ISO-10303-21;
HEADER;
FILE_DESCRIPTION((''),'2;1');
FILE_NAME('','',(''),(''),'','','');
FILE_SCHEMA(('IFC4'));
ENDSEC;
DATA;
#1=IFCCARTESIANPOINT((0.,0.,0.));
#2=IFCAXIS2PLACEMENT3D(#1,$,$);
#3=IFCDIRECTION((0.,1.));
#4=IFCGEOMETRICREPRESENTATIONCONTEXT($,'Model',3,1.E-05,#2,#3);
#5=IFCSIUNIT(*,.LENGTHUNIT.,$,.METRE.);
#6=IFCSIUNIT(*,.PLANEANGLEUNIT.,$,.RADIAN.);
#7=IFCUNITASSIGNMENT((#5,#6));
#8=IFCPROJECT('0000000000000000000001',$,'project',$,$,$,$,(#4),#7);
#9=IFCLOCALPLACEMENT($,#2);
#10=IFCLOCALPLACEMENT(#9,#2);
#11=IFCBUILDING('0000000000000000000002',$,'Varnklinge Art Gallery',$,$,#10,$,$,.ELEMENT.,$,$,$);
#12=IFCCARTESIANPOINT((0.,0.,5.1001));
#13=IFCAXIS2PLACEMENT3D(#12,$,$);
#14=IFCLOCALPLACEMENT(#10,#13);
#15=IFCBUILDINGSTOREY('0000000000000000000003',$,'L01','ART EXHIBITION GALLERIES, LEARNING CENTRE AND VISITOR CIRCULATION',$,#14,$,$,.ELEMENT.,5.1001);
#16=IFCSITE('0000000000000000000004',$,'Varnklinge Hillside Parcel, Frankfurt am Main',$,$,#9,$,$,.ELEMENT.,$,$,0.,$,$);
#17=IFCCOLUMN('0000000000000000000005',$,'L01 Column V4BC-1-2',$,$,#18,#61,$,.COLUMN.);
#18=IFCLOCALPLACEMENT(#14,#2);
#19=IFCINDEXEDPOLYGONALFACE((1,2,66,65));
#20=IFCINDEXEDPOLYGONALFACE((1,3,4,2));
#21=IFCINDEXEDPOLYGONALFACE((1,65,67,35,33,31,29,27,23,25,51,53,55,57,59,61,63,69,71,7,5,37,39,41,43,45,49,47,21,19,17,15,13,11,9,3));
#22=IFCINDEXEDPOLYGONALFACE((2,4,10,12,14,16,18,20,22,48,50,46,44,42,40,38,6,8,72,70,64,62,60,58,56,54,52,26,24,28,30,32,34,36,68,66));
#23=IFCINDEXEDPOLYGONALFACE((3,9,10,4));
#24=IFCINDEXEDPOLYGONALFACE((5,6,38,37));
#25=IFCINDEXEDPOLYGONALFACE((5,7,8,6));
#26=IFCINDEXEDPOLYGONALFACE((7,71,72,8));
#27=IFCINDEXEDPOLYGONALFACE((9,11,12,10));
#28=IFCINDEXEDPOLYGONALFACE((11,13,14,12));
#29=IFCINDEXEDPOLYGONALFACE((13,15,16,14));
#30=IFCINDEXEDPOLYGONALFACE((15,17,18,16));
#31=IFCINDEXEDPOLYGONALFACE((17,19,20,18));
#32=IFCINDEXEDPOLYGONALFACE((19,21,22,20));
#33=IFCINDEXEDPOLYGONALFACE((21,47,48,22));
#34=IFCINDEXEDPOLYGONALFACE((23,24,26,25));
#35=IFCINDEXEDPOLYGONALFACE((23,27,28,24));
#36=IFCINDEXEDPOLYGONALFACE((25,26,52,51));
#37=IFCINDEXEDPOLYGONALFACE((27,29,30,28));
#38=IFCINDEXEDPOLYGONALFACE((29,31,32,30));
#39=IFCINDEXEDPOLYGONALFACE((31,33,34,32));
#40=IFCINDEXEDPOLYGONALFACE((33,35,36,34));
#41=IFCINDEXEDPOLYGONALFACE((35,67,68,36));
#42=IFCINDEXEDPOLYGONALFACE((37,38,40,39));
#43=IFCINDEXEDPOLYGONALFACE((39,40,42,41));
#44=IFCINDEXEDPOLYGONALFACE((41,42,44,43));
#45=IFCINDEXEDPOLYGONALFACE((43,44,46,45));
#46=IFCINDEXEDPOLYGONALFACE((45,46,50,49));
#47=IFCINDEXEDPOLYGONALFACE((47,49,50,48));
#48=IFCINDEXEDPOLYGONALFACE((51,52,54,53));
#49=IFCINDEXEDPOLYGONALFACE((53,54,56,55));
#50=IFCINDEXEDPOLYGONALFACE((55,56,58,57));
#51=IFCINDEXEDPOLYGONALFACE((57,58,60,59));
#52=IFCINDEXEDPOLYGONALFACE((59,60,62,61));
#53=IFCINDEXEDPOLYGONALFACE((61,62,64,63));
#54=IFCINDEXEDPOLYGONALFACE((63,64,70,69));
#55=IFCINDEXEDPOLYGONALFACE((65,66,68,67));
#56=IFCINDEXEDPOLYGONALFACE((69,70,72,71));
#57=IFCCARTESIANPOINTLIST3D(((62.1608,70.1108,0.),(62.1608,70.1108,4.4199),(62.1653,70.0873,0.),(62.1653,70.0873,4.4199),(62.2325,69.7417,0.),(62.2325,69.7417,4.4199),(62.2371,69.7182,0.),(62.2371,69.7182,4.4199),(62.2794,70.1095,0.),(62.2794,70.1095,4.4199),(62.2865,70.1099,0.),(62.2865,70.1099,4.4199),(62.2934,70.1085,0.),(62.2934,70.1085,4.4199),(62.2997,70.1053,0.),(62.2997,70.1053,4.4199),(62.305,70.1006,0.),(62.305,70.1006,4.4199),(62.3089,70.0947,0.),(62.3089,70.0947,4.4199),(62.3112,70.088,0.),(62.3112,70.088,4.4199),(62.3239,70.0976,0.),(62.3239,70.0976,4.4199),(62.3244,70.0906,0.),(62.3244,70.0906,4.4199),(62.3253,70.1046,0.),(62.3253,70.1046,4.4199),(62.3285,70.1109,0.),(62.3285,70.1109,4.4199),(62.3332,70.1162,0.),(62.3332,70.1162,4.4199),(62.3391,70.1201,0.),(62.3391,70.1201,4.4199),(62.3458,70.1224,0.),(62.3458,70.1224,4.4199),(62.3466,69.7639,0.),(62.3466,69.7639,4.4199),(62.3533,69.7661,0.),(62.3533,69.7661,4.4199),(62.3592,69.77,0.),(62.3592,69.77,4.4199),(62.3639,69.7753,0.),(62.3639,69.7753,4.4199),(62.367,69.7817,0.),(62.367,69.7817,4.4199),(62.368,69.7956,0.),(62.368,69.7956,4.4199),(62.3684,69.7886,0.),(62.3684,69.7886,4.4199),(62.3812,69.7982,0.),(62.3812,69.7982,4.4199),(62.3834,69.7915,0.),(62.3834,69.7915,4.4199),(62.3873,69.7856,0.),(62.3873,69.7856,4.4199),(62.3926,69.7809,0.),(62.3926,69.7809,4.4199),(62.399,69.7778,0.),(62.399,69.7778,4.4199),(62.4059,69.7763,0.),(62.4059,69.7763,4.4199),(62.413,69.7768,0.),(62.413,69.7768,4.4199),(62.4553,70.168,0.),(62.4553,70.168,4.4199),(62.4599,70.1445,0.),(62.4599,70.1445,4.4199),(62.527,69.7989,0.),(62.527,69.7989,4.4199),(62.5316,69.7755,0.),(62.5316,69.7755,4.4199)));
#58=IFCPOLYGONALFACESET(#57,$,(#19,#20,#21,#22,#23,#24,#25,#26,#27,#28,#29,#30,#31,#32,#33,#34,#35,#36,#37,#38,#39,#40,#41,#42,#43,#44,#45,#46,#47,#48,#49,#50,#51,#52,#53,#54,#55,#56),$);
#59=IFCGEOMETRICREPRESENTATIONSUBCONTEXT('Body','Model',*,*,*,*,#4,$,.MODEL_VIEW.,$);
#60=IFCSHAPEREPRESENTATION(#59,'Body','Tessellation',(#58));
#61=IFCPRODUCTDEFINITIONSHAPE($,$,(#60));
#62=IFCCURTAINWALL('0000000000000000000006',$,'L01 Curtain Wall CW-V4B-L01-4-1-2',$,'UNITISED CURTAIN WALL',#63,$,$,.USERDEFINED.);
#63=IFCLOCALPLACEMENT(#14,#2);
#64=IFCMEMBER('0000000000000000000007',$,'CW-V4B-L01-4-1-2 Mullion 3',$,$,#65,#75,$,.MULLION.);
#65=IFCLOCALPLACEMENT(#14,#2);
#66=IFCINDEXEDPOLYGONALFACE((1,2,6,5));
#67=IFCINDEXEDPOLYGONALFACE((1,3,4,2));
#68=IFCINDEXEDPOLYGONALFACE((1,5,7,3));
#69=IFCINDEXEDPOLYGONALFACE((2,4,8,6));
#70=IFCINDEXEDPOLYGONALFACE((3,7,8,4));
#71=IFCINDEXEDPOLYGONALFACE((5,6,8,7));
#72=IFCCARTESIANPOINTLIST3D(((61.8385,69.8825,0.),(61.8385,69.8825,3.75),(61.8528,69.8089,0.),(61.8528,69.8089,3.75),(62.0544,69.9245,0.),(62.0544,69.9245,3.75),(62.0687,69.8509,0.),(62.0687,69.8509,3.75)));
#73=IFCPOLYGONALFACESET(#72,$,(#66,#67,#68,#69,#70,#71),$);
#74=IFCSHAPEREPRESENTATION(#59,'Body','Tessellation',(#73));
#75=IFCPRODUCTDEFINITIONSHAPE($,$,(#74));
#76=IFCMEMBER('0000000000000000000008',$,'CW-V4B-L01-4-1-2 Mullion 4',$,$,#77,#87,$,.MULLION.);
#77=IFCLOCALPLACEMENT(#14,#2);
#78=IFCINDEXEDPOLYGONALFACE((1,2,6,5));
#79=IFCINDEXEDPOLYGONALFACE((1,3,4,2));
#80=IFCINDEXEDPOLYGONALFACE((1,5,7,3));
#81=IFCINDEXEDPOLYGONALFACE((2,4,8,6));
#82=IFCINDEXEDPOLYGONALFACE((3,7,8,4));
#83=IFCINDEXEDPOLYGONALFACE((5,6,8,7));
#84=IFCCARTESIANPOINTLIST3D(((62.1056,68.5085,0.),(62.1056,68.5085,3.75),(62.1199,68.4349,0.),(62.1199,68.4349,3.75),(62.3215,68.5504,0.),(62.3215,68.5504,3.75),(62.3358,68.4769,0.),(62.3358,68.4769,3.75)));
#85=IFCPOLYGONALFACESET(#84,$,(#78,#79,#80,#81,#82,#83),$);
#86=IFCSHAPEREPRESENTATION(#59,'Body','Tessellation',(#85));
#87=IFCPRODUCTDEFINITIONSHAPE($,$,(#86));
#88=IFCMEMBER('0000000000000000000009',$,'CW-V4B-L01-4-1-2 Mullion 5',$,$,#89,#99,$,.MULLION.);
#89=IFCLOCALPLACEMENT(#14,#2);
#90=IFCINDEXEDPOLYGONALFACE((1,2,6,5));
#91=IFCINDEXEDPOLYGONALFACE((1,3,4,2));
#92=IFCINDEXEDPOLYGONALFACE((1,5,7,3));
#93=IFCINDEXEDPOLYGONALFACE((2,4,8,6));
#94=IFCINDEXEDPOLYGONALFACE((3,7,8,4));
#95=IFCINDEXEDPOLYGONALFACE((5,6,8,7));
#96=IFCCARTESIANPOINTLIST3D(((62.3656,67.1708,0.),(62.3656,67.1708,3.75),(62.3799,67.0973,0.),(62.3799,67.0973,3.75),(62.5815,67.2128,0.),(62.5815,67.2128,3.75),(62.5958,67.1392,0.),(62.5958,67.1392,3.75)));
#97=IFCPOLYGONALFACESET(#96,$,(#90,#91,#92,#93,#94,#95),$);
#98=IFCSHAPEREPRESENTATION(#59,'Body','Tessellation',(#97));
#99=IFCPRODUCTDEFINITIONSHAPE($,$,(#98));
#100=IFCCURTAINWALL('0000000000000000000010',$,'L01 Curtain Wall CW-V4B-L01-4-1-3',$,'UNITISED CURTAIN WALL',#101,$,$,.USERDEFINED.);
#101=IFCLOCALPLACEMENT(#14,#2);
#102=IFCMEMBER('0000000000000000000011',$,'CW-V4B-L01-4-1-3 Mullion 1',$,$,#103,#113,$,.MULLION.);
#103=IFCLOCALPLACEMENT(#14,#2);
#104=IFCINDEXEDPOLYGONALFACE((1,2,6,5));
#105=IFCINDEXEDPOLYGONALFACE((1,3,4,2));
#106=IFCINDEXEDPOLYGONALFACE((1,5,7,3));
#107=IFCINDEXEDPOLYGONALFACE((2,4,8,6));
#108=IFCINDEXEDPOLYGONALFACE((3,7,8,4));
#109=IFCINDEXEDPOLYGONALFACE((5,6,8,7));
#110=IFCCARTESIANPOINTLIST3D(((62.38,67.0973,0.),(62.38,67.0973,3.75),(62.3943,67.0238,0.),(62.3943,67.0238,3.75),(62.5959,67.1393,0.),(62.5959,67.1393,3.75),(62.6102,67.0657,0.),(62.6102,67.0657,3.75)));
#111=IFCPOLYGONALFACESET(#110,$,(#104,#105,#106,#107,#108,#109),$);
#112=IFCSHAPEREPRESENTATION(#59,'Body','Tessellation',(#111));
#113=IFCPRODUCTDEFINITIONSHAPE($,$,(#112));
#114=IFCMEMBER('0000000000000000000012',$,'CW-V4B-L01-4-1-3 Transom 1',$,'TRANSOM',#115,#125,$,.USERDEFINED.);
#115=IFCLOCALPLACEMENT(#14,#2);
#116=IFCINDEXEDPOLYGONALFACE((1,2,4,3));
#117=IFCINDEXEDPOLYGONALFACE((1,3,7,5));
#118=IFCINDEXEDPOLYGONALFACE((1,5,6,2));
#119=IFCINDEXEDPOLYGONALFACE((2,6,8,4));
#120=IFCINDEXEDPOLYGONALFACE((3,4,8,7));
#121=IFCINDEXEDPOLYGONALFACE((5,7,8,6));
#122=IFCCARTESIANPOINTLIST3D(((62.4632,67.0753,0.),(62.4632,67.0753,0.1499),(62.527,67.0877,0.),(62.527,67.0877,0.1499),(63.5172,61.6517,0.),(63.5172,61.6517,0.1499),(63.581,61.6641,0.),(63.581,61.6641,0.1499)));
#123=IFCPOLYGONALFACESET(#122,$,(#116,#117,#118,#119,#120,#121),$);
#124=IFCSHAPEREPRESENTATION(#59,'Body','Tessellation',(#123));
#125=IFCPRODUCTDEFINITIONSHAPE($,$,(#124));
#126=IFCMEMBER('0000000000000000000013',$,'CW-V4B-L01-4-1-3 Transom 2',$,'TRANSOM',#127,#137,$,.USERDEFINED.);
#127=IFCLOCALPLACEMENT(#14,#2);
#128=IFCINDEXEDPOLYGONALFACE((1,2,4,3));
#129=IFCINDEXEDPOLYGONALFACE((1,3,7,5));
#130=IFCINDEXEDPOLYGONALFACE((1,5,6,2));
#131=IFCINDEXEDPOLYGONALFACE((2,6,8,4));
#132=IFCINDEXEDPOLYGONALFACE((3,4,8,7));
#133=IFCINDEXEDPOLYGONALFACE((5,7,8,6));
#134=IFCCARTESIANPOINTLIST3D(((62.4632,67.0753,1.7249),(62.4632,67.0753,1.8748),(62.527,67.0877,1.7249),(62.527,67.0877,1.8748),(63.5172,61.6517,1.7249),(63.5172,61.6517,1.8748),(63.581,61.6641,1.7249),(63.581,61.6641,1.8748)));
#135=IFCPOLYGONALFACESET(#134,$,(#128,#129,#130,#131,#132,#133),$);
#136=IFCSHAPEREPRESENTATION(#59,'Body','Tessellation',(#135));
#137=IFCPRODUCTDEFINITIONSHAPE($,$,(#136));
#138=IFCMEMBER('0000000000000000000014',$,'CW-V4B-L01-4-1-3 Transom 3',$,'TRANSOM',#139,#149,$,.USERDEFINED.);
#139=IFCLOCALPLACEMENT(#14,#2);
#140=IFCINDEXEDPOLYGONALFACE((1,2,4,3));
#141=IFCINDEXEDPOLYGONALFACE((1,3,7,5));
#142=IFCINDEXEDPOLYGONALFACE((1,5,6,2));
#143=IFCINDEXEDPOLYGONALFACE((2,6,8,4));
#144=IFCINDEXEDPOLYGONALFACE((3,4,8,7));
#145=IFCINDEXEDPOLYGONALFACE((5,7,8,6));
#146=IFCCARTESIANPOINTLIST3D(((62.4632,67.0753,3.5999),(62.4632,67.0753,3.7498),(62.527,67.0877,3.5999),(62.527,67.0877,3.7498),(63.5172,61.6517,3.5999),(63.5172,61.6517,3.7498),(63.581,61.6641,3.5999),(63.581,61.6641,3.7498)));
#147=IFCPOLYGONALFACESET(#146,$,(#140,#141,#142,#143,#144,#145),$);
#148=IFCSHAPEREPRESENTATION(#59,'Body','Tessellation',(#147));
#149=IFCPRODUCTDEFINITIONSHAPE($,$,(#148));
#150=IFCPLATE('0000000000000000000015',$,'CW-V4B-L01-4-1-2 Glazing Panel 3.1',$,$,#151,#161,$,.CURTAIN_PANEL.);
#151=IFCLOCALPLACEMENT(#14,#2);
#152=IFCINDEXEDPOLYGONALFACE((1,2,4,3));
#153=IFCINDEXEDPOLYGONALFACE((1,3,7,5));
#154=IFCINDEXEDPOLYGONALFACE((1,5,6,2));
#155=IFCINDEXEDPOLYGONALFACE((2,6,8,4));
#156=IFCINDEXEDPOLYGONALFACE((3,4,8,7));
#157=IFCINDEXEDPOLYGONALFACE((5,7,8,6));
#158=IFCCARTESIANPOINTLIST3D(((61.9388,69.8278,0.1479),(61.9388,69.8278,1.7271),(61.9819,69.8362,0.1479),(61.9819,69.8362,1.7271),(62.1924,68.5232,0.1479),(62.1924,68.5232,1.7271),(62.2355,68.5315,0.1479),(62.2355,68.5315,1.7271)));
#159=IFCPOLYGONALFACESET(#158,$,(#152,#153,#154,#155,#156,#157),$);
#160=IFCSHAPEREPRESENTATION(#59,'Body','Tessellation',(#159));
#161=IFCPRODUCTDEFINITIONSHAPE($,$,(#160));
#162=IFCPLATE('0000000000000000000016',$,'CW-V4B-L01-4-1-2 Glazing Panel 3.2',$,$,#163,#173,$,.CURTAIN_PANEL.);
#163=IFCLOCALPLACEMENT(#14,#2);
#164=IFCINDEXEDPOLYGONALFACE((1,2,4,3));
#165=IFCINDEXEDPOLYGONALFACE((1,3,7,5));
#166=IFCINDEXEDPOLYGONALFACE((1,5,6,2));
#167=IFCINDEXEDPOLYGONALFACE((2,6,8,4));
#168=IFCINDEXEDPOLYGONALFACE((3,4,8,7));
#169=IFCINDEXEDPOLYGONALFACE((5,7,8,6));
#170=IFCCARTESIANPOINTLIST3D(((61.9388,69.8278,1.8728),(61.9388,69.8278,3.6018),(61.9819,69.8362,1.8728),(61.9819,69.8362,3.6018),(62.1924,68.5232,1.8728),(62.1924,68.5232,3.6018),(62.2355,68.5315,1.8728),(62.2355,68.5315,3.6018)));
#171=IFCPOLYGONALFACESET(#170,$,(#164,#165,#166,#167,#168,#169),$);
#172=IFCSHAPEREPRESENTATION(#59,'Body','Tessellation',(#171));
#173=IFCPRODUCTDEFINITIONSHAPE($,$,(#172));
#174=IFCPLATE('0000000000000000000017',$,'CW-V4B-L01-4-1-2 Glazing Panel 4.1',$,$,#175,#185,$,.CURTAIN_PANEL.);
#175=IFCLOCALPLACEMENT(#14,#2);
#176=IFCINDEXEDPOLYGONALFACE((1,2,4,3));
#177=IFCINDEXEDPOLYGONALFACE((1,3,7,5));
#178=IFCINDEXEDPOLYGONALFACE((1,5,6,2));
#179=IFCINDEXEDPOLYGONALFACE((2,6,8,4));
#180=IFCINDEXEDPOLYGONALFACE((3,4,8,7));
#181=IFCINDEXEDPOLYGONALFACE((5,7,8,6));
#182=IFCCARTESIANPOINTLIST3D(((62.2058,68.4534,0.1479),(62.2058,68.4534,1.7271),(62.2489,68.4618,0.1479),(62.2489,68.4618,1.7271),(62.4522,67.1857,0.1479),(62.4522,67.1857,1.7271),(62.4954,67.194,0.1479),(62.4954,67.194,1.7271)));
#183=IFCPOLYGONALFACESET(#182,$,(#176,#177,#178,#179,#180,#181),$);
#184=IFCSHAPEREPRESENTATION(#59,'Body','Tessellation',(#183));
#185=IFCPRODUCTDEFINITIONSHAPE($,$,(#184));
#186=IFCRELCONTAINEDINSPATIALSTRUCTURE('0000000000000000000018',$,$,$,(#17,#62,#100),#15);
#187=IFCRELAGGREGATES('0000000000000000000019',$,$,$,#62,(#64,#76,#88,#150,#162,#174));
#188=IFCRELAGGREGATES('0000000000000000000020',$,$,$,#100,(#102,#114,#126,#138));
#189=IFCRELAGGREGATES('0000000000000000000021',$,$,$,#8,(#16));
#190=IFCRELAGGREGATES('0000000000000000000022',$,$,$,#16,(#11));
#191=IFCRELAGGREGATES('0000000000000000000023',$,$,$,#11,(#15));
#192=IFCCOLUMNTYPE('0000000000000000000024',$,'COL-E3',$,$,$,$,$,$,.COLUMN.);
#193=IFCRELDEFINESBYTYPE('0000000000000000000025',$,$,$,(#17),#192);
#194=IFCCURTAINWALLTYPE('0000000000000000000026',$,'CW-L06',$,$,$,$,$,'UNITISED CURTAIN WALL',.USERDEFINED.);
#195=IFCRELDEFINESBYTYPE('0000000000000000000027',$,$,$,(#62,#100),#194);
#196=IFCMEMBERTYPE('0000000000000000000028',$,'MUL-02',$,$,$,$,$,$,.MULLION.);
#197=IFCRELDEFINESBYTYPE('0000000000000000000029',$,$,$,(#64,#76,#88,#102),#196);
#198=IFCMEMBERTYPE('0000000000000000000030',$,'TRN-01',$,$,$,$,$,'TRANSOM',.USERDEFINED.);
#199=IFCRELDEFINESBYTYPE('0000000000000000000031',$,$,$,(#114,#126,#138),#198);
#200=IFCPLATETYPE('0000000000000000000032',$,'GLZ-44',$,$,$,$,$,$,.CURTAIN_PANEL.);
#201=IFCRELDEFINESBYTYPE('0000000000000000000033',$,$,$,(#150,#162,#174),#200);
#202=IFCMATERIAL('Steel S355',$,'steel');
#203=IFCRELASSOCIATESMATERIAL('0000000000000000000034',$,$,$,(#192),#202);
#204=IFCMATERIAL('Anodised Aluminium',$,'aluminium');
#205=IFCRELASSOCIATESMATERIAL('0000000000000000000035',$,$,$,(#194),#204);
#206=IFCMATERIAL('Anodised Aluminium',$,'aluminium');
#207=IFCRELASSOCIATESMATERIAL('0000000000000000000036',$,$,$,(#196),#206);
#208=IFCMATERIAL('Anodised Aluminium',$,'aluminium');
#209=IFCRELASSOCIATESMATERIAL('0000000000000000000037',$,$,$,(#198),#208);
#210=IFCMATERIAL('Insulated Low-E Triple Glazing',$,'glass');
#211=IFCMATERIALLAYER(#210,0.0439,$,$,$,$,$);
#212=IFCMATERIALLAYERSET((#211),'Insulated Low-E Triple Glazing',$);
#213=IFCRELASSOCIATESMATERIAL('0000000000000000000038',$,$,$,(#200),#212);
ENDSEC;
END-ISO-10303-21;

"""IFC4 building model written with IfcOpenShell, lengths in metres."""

from ifc_helpers import new_model, si_unit, direction, frame, origin, origin_2d, place, context, subcontext, project, spatial, rectangle, i_section, extrude, material, layer, layer_set, material_profile, profile_set, type_object, element, aggregate, save


model = new_model("IFC4")

# Units and contexts
model_context = context("Model", 3, precision=1e-05, world=origin(), true_north=direction((0.0, 1.0)))
body_context = subcontext(model_context, "Body", "Model", "MODEL_VIEW")
ifc_project = project(units=[si_unit("LENGTHUNIT", "METRE"), si_unit("PLANEANGLEUNIT", "RADIAN")], contexts=[model_context])

# Site, building, storey
site_placement = place(None, origin())
site = spatial("IfcSite", under=ifc_project, at=site_placement, Name="Varnklinge Hillside Parcel, Frankfurt am Main", CompositionType="ELEMENT", RefElevation=0.0)
building_placement = place(site_placement, origin())
building = spatial("IfcBuilding", under=site, at=building_placement, Name="Varnklinge Art Gallery", CompositionType="ELEMENT")
storey_placement = place(building_placement, frame((0.0, 0.0, 5.1001)))
storey = spatial("IfcBuildingStorey", under=building, at=storey_placement, Name="L01", Description="ART EXHIBITION GALLERIES, LEARNING CENTRE AND VISITOR CIRCULATION", CompositionType="ELEMENT", Elevation=5.1001)

# Column
ifc_material_1 = material(Name="Steel S355", Category="steel")
ifc_material_profile_1 = material_profile(ifc_material_1, i_section(OverallWidth=0.3, OverallDepth=0.3999, WebThickness=0.0134, FlangeThickness=0.0239, FilletRadius=0.0271, at=origin_2d()), Name="HEB 400")
ifc_profile_set_1 = profile_set([ifc_material_profile_1], Name="Steel S355")
column_type = type_object("IfcColumnType", Name="COL-E3", PredefinedType="COLUMN", material=ifc_profile_set_1)
column_placement = place(storey_placement, frame((62.3462, 69.9431, 0.0), z_axis=(0.0, 0.0, 1.0), x_axis=(0.981627, 0.190809, 0.0)))
element("IfcColumn", 1, at=column_placement, inside=storey, type_object=column_type, Name="L01 Column V4BC-1-2", PredefinedType="COLUMN", context=body_context, shape_type="SweptSolid", body=[
    extrude(i_section(OverallWidth=0.3, OverallDepth=0.3999, WebThickness=0.0134, FlangeThickness=0.0239, FilletRadius=0.0271, at=origin_2d()), origin(), (0.0, 0.0, 1.0), 4.4199),
])

# Curtain walls, members
ifc_material_2 = material(Name="Anodised Aluminium", Category="aluminium")
curtain_wall_type = type_object("IfcCurtainWallType", Name="CW-L06", ElementType="UNITISED CURTAIN WALL", PredefinedType="USERDEFINED", material=ifc_material_2)
curtain_wall_1_placement = place(storey_placement, origin())
curtain_wall_1 = element("IfcCurtainWall", 2, at=curtain_wall_1_placement, inside=storey, type_object=curtain_wall_type, Name="L01 Curtain Wall CW-V4B-L01-4-1-2", ObjectType="UNITISED CURTAIN WALL", PredefinedType="USERDEFINED")
ifc_material_3 = material(Name="Anodised Aluminium", Category="aluminium")
ifc_material_profile_2 = material_profile(ifc_material_3, rectangle(XDim=0.075, YDim=0.22, at=origin_2d()), Name="ALU 75x220")
ifc_profile_set_2 = profile_set([ifc_material_profile_2], Name="Anodised Aluminium")
member_type_1 = type_object("IfcMemberType", Name="MUL-02", PredefinedType="MULLION", material=ifc_profile_set_2)
member_1_placement = place(storey_placement, frame((61.9536, 69.8667, 0.0), z_axis=(0.0, 0.0, 1.0), x_axis=(0.190809, -0.981627, 0.0)))
member_1 = element("IfcMember", 3, at=member_1_placement, type_object=member_type_1, Name="CW-V4B-L01-4-1-2 Mullion 3", PredefinedType="MULLION", context=body_context, shape_type="SweptSolid", body=[
    extrude(rectangle(XDim=0.075, YDim=0.22, at=origin_2d()), origin(), (0.0, 0.0, 1.0), 3.75),
])
member_2_placement = place(storey_placement, frame((62.2207, 68.4927, 0.0), z_axis=(0.0, 0.0, 1.0), x_axis=(0.190809, -0.981627, 0.0)))
member_2 = element("IfcMember", 4, at=member_2_placement, type_object=member_type_1, Name="CW-V4B-L01-4-1-2 Mullion 4", PredefinedType="MULLION", context=body_context, shape_type="SweptSolid", body=[
    extrude(rectangle(XDim=0.075, YDim=0.22, at=origin_2d()), origin(), (0.0, 0.0, 1.0), 3.75),
])
member_3_placement = place(storey_placement, frame((62.4807, 67.155, 0.0), z_axis=(0.0, 0.0, 1.0), x_axis=(0.190809, -0.981627, 0.0)))
member_3 = element("IfcMember", 5, at=member_3_placement, type_object=member_type_1, Name="CW-V4B-L01-4-1-2 Mullion 5", PredefinedType="MULLION", context=body_context, shape_type="SweptSolid", body=[
    extrude(rectangle(XDim=0.075, YDim=0.22, at=origin_2d()), origin(), (0.0, 0.0, 1.0), 3.75),
])
curtain_wall_2_placement = place(storey_placement, origin())
curtain_wall_2 = element("IfcCurtainWall", 6, at=curtain_wall_2_placement, inside=storey, type_object=curtain_wall_type, Name="L01 Curtain Wall CW-V4B-L01-4-1-3", ObjectType="UNITISED CURTAIN WALL", PredefinedType="USERDEFINED")
member_4_placement = place(storey_placement, frame((62.4951, 67.0815, 0.0), z_axis=(0.0, 0.0, 1.0), x_axis=(0.190809, -0.981627, 0.0)))
member_4 = element("IfcMember", 7, at=member_4_placement, type_object=member_type_1, Name="CW-V4B-L01-4-1-3 Mullion 1", PredefinedType="MULLION", context=body_context, shape_type="SweptSolid", body=[
    extrude(rectangle(XDim=0.075, YDim=0.22, at=origin_2d()), origin(), (0.0, 0.0, 1.0), 3.75),
])
ifc_material_4 = material(Name="Anodised Aluminium", Category="aluminium")
ifc_material_profile_3 = material_profile(ifc_material_4, rectangle(XDim=0.0649, YDim=0.1499, at=origin_2d()), Name="ALU 65x150")
ifc_profile_set_3 = profile_set([ifc_material_profile_3], Name="Anodised Aluminium")
member_type_2 = type_object("IfcMemberType", Name="TRN-01", ElementType="TRANSOM", PredefinedType="USERDEFINED", material=ifc_profile_set_3)
member_5_placement = place(storey_placement, frame((62.4951, 67.0815, 0.075), z_axis=(0.19076, -0.981637, 0.0), x_axis=(0.981637, 0.19076, 0.0)))
member_5 = element("IfcMember", 8, at=member_5_placement, type_object=member_type_2, Name="CW-V4B-L01-4-1-3 Transom 1", ObjectType="TRANSOM", PredefinedType="USERDEFINED", context=body_context, shape_type="SweptSolid", body=[
    extrude(rectangle(XDim=0.0649, YDim=0.1499, at=origin_2d()), origin(), (0.0, 0.0, 1.0), 5.5251),
])
member_6_placement = place(storey_placement, frame((62.4951, 67.0815, 1.7998), z_axis=(0.19076, -0.981637, 0.0), x_axis=(0.981637, 0.19076, 0.0)))
member_6 = element("IfcMember", 9, at=member_6_placement, type_object=member_type_2, Name="CW-V4B-L01-4-1-3 Transom 2", ObjectType="TRANSOM", PredefinedType="USERDEFINED", context=body_context, shape_type="SweptSolid", body=[
    extrude(rectangle(XDim=0.0649, YDim=0.1499, at=origin_2d()), origin(), (0.0, 0.0, 1.0), 5.5251),
])
member_7_placement = place(storey_placement, frame((62.4951, 67.0815, 3.6748), z_axis=(0.19076, -0.981637, 0.0), x_axis=(0.981637, 0.19076, 0.0)))
member_7 = element("IfcMember", 10, at=member_7_placement, type_object=member_type_2, Name="CW-V4B-L01-4-1-3 Transom 3", ObjectType="TRANSOM", PredefinedType="USERDEFINED", context=body_context, shape_type="SweptSolid", body=[
    extrude(rectangle(XDim=0.0649, YDim=0.1499, at=origin_2d()), origin(), (0.0, 0.0, 1.0), 5.5251),
])

# Plates
ifc_material_5 = material(Name="Insulated Low-E Triple Glazing", Category="glass")
ifc_layer_1 = layer(ifc_material_5, 0.0439)
ifc_layer_set_1 = layer_set([ifc_layer_1], Name="Insulated Low-E Triple Glazing")
plate_type = type_object("IfcPlateType", Name="GLZ-44", PredefinedType="CURTAIN_PANEL", material=ifc_layer_set_1)
plate_1_placement = place(storey_placement, frame((62.0872, 69.1797, 0.1479), z_axis=(0.0, 0.0, 1.0), x_axis=(0.190809, -0.981627, 0.0)))
plate_1 = element("IfcPlate", 11, at=plate_1_placement, type_object=plate_type, Name="CW-V4B-L01-4-1-2 Glazing Panel 3.1", PredefinedType="CURTAIN_PANEL", context=body_context, shape_type="SweptSolid", body=[
    extrude(rectangle(XDim=1.3291, YDim=0.0439, at=origin_2d()), origin(), (0.0, 0.0, 1.0), 1.5791),
])
plate_2_placement = place(storey_placement, frame((62.0872, 69.1797, 1.8728), z_axis=(0.0, 0.0, 1.0), x_axis=(0.190809, -0.981627, 0.0)))
plate_2 = element("IfcPlate", 12, at=plate_2_placement, type_object=plate_type, Name="CW-V4B-L01-4-1-2 Glazing Panel 3.2", PredefinedType="CURTAIN_PANEL", context=body_context, shape_type="SweptSolid", body=[
    extrude(rectangle(XDim=1.3291, YDim=0.0439, at=origin_2d()), origin(), (0.0, 0.0, 1.0), 1.729),
])
plate_3_placement = place(storey_placement, frame((62.3506, 67.8237, 0.1479), z_axis=(0.0, 0.0, 1.0), x_axis=(0.190809, -0.981627, 0.0)))
plate_3 = element("IfcPlate", 13, at=plate_3_placement, type_object=plate_type, Name="CW-V4B-L01-4-1-2 Glazing Panel 4.1", PredefinedType="CURTAIN_PANEL", context=body_context, shape_type="SweptSolid", body=[
    extrude(rectangle(XDim=1.2915, YDim=0.0439, at=origin_2d()), origin(), (0.0, 0.0, 1.0), 1.5791),
])
aggregate(curtain_wall_1, [member_1, member_2, member_3, plate_1, plate_2, plate_3])
aggregate(curtain_wall_2, [member_4, member_5, member_6, member_7])

save(model, "model.ifc")
